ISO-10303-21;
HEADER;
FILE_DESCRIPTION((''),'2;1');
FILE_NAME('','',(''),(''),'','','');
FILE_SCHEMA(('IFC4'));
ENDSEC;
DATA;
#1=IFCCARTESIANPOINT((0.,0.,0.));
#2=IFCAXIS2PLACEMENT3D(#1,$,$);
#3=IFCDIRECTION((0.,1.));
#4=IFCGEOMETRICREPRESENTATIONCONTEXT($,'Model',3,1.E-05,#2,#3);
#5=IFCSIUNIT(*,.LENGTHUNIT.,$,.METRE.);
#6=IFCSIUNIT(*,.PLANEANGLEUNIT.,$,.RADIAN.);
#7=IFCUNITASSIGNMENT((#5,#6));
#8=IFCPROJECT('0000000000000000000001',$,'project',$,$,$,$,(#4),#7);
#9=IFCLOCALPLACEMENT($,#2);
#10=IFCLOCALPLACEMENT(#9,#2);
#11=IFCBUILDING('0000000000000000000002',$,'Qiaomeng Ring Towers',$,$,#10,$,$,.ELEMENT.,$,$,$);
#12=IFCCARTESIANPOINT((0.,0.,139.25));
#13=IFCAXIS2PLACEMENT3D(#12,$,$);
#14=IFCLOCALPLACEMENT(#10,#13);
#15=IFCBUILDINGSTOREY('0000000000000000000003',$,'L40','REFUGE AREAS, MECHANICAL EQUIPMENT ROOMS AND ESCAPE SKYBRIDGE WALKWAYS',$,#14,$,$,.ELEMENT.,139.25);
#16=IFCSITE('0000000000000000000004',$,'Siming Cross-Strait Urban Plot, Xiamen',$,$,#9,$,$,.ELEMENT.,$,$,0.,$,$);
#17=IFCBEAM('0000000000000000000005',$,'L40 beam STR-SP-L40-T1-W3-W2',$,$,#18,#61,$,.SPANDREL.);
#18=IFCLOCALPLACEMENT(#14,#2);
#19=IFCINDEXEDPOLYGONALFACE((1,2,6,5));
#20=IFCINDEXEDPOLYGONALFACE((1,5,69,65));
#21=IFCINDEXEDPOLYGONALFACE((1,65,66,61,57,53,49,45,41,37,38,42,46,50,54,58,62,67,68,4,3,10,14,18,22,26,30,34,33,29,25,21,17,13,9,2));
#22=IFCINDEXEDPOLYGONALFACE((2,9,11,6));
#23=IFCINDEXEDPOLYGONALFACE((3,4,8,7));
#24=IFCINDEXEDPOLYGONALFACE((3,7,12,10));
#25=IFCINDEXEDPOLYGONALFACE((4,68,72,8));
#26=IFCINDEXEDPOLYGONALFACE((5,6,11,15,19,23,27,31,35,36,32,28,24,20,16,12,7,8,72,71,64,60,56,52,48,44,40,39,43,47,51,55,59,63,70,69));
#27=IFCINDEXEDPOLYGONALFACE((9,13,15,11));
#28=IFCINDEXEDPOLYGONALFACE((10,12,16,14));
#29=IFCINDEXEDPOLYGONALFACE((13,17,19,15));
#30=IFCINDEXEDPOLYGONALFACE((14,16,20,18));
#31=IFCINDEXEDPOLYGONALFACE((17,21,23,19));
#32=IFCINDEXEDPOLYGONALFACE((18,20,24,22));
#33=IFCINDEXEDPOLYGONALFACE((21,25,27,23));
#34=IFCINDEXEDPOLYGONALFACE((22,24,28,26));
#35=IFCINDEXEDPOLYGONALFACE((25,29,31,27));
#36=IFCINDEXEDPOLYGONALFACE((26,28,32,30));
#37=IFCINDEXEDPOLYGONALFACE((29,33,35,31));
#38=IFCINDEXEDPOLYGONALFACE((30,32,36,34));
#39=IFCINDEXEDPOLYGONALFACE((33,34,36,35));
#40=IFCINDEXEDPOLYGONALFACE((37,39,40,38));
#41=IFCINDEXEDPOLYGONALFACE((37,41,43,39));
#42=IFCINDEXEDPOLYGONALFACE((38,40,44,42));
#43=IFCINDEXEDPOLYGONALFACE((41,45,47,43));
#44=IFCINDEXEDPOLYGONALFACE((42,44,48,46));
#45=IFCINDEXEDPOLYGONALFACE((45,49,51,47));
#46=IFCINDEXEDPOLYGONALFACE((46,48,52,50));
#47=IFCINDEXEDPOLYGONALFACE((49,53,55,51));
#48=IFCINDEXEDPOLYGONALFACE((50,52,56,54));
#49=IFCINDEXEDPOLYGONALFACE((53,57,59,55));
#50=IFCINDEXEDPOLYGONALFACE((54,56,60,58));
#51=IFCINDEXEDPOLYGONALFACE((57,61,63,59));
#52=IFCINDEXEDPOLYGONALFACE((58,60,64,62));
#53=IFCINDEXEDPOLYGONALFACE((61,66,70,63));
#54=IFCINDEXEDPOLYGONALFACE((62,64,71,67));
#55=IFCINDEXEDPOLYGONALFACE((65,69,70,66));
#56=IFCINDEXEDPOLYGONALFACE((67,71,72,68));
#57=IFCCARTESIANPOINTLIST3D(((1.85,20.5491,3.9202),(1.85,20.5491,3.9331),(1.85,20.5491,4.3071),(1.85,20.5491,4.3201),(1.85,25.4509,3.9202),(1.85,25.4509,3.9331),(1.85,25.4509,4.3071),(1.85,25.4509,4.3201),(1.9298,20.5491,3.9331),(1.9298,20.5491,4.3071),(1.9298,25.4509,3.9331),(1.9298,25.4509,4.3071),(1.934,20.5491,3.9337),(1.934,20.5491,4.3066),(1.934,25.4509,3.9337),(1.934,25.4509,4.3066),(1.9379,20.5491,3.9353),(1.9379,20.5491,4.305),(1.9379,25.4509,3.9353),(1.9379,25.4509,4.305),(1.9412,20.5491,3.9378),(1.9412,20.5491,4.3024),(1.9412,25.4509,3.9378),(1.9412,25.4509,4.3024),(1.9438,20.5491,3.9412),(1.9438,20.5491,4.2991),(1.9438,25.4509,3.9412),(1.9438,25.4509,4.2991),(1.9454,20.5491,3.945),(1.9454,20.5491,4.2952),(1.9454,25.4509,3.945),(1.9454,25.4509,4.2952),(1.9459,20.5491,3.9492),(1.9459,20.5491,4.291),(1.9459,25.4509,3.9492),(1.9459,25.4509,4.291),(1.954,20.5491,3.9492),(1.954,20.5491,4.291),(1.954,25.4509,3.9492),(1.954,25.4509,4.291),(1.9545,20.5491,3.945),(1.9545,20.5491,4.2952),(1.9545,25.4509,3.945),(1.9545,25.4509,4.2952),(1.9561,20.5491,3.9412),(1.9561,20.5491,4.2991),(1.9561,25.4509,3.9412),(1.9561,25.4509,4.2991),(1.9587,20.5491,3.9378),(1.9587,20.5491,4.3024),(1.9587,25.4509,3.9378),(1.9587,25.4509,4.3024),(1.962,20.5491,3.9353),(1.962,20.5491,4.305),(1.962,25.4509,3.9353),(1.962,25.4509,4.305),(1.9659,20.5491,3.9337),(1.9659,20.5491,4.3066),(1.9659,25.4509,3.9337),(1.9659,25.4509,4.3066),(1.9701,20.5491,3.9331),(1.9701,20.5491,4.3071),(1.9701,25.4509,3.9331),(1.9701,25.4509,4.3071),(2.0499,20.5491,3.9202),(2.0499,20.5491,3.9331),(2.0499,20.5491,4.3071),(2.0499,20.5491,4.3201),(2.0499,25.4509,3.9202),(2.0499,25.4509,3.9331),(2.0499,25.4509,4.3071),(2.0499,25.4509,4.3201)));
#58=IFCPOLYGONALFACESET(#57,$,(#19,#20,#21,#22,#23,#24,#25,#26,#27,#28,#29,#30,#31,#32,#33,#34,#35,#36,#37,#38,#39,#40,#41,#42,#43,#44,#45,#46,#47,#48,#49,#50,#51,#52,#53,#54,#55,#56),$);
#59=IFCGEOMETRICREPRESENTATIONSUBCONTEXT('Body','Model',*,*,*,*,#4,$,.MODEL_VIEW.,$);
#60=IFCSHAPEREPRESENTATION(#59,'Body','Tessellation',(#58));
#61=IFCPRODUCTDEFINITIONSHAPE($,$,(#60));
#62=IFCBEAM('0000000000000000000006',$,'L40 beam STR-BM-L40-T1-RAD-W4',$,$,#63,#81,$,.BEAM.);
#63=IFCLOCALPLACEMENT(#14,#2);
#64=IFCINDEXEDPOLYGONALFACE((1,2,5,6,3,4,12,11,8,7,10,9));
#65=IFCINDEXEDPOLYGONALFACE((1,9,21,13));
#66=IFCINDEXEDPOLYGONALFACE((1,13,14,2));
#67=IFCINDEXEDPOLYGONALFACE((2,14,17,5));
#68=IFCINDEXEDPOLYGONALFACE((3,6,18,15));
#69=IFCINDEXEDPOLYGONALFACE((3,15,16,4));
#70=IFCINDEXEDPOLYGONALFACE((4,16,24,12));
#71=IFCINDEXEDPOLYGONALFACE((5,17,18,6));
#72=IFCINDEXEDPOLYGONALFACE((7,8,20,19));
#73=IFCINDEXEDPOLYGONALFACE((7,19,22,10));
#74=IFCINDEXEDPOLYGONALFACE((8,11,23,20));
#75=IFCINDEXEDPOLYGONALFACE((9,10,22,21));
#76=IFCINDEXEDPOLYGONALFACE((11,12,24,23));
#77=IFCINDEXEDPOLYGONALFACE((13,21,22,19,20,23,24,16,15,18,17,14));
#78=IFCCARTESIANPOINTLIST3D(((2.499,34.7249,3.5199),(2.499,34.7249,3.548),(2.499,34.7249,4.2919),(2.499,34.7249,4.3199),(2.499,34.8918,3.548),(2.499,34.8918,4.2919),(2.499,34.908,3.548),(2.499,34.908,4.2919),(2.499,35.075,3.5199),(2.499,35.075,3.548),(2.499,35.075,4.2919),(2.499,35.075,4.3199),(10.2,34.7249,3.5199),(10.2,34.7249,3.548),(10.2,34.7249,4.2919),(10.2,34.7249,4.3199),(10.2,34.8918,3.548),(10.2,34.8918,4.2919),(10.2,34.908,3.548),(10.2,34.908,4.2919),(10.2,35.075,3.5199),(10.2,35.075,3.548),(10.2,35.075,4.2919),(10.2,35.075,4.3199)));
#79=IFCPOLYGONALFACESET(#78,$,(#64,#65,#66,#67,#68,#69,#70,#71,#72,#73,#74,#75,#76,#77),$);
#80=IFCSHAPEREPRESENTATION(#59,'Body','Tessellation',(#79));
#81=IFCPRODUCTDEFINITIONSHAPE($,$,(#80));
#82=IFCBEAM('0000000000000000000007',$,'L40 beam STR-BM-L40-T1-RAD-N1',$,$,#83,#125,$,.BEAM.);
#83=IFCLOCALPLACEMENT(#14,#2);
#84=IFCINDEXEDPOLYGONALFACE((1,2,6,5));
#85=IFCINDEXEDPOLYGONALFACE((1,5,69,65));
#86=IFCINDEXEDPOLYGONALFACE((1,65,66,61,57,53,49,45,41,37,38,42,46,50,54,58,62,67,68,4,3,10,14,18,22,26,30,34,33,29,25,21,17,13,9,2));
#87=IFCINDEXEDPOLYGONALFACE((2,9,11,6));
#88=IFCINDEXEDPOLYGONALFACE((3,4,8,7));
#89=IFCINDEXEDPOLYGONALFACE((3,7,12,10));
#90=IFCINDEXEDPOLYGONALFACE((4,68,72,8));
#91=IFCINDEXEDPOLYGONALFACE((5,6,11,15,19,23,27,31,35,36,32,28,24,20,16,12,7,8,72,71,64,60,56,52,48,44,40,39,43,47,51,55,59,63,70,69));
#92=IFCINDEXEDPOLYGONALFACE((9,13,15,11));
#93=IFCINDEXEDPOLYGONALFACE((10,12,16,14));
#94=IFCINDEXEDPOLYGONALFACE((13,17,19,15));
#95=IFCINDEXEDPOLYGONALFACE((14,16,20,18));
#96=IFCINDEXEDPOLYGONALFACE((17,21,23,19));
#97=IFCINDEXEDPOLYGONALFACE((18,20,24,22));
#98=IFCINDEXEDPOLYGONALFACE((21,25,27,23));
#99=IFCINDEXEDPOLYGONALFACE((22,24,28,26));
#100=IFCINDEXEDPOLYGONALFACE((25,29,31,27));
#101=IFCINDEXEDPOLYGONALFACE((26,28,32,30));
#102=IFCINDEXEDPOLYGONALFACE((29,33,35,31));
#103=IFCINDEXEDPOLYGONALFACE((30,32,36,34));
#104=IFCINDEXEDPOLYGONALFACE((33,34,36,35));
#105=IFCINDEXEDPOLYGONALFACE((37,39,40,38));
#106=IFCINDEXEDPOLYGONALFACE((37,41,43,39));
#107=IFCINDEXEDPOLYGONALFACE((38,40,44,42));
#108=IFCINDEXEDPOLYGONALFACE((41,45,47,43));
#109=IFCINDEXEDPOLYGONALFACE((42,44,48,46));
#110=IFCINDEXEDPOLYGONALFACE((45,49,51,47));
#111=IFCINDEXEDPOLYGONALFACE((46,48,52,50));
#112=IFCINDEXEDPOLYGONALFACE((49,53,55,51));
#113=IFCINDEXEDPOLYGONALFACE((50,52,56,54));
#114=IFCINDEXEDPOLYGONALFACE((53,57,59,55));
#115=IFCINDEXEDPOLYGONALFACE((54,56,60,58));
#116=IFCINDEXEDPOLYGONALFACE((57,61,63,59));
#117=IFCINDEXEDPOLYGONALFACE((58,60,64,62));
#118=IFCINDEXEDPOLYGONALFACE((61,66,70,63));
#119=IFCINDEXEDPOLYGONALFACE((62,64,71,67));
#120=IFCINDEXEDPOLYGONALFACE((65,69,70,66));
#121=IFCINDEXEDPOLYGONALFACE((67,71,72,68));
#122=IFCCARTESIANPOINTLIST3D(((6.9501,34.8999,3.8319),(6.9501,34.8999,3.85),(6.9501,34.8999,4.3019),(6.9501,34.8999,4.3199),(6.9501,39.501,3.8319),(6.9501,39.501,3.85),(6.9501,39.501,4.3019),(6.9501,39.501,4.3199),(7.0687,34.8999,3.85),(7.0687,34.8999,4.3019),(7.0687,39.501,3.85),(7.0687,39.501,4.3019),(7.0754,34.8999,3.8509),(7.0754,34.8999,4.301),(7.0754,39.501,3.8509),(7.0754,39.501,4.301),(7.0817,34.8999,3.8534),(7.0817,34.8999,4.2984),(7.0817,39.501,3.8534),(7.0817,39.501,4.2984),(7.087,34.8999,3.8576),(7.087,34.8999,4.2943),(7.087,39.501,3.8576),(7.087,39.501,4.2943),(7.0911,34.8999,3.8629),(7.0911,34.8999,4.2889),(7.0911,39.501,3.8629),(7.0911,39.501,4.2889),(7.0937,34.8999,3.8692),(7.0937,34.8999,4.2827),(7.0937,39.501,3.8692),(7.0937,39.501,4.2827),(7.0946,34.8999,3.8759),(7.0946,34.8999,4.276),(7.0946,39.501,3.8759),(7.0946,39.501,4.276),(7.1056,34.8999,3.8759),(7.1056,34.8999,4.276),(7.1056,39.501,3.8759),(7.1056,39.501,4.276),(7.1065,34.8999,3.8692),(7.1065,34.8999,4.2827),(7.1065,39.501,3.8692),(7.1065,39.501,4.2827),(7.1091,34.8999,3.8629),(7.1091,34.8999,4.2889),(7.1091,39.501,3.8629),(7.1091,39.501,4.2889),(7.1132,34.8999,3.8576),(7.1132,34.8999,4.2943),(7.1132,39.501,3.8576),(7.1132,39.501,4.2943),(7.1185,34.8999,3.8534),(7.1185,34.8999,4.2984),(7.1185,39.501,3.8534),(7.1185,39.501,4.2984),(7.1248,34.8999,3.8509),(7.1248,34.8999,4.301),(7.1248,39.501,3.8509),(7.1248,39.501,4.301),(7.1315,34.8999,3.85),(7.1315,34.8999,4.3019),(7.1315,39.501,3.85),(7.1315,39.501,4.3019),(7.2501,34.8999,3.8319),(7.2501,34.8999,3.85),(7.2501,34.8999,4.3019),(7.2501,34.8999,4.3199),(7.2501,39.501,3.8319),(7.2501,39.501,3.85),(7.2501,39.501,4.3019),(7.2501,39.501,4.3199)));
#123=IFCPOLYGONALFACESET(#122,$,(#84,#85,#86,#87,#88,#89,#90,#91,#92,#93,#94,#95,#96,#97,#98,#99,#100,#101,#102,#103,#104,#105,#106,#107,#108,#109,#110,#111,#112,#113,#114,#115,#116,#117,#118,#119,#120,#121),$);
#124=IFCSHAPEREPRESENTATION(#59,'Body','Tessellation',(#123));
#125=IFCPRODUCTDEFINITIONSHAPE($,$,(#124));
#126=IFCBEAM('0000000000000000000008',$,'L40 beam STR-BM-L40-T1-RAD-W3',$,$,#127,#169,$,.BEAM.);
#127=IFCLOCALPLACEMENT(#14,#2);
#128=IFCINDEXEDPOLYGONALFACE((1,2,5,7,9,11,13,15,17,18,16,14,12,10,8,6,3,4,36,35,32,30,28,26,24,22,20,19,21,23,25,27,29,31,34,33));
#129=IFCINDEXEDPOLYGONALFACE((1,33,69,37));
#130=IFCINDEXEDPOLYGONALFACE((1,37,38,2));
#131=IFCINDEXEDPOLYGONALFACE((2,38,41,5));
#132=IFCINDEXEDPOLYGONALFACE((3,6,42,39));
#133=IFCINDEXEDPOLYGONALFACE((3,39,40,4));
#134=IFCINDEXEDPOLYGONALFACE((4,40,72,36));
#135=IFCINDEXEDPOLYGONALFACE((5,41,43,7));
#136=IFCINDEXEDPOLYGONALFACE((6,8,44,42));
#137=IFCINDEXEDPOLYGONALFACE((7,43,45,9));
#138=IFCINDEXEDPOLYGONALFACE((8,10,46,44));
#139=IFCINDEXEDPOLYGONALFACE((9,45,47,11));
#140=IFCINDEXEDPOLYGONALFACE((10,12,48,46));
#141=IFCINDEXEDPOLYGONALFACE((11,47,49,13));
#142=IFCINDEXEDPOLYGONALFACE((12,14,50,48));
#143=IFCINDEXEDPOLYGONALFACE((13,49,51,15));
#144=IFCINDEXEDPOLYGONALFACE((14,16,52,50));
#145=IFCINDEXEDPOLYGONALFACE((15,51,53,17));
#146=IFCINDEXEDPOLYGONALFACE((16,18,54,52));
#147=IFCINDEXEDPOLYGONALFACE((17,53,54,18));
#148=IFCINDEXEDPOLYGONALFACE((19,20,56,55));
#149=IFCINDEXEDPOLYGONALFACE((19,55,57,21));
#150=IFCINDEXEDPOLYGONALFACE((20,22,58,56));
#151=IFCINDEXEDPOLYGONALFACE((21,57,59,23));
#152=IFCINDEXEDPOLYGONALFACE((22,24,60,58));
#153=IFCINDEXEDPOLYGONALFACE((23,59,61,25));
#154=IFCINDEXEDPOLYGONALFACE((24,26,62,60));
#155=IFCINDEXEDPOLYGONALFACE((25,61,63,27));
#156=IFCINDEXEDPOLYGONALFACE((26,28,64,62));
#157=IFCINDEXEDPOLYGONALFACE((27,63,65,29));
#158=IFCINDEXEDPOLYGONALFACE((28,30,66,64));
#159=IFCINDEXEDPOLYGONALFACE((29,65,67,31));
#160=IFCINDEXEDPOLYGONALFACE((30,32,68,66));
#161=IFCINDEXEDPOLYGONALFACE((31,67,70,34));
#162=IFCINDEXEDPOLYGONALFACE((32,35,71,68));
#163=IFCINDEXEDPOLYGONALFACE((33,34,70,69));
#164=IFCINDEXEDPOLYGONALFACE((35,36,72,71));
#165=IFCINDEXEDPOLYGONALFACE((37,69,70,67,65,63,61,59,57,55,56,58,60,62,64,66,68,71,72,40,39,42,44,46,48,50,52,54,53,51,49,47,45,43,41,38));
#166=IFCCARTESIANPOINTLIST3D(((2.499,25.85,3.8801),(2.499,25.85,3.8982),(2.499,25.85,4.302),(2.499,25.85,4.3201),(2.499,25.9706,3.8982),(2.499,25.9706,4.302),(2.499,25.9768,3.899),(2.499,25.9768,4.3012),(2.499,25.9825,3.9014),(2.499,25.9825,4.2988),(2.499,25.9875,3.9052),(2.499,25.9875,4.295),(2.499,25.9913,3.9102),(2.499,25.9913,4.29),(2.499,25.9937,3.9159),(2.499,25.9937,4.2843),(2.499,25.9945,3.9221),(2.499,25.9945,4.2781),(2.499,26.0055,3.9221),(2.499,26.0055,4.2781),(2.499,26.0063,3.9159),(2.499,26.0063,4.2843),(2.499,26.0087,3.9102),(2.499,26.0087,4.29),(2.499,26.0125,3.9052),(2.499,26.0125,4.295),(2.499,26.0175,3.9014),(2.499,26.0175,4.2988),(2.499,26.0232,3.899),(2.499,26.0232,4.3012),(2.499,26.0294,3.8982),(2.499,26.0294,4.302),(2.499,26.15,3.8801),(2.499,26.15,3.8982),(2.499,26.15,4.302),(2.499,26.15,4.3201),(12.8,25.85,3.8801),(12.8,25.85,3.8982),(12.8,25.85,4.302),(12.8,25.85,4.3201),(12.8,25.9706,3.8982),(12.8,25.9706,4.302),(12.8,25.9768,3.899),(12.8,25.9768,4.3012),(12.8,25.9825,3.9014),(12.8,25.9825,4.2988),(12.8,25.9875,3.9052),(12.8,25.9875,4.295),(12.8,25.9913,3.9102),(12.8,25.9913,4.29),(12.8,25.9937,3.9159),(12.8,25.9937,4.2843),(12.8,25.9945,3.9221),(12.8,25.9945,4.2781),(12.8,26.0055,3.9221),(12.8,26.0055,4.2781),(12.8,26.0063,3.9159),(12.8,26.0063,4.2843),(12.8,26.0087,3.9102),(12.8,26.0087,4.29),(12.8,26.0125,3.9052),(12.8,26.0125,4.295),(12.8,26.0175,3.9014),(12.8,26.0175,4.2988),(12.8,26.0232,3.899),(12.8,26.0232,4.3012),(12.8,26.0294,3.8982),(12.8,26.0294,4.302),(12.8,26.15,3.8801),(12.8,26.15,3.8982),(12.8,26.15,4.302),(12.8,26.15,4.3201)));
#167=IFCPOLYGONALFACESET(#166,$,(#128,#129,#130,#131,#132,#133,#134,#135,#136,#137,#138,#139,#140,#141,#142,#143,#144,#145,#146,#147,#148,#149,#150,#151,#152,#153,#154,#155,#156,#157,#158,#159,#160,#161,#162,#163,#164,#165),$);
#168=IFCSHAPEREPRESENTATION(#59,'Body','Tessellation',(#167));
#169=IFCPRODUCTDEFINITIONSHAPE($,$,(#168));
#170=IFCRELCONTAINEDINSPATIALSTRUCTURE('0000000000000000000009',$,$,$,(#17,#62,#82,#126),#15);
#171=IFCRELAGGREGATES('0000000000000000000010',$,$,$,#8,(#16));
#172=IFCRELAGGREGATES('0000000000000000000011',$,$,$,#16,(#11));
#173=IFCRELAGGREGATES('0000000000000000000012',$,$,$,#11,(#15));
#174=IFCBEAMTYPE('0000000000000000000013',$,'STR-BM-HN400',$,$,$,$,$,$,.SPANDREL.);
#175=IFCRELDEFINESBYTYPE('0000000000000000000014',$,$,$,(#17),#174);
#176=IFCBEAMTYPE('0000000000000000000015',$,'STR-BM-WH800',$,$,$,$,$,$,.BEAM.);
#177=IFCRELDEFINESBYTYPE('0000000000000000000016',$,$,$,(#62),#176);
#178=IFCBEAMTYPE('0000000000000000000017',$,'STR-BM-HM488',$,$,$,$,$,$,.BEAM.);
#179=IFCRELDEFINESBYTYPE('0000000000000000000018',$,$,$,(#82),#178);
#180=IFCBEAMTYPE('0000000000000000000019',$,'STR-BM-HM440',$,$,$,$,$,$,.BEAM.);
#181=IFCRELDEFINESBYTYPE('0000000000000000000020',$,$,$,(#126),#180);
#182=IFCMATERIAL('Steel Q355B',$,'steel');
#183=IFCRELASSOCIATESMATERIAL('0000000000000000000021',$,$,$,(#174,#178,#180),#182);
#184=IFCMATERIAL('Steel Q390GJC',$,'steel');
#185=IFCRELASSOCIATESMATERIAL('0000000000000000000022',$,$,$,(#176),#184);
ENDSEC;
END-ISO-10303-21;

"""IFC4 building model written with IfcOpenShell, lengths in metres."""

from ifc_helpers import new_model, si_unit, direction, frame, origin, origin_2d, place, context, subcontext, project, spatial, i_section, extrude, source, transform, mapped, material, material_profile, profile_set, type_object, element, save


model = new_model("IFC4")

# Units and contexts
model_context = context("Model", 3, precision=1e-05, world=origin(), true_north=direction((0.0, 1.0)))
body_context = subcontext(model_context, "Body", "Model", "MODEL_VIEW")
ifc_project = project(units=[si_unit("LENGTHUNIT", "METRE"), si_unit("PLANEANGLEUNIT", "RADIAN")], contexts=[model_context])

# Site, building, storey
site_placement = place(None, origin())
site = spatial("IfcSite", under=ifc_project, at=site_placement, Name="Siming Cross-Strait Urban Plot, Xiamen", CompositionType="ELEMENT", RefElevation=0.0)
building_placement = place(site_placement, origin())
building = spatial("IfcBuilding", under=site, at=building_placement, Name="Qiaomeng Ring Towers", CompositionType="ELEMENT")
storey_placement = place(building_placement, frame((0.0, 0.0, 139.25)))
storey = spatial("IfcBuildingStorey", under=building, at=storey_placement, Name="L40", Description="REFUGE AREAS, MECHANICAL EQUIPMENT ROOMS AND ESCAPE SKYBRIDGE WALKWAYS", CompositionType="ELEMENT", Elevation=139.25)

# Shared definitions
ifc_material_1 = material(Name="Steel Q390GJC", Category="steel")

# Beams
ifc_material_2 = material(Name="Steel Q355B", Category="steel")
ifc_material_profile_1 = material_profile(ifc_material_2, i_section(OverallWidth=0.2, OverallDepth=0.3999, WebThickness=0.0081, FlangeThickness=0.0129, FilletRadius=0.0161, at=origin_2d()), Name="HN 400x200x8x13")
ifc_profile_set_1 = profile_set([ifc_material_profile_1], Name="Steel Q355B")
beam_type_1 = type_object("IfcBeamType", Name="STR-BM-HN400", PredefinedType="SPANDREL", material=ifc_profile_set_1)
shared_shape_1 = source(origin(), body_context, "Body", "SweptSolid", [
    extrude(i_section(OverallWidth=0.2, OverallDepth=0.3999, WebThickness=0.0081, FlangeThickness=0.0129, FilletRadius=0.0161, at=origin_2d()), origin(), (0.0, 0.0, 1.0), 4.9019),
])
beam_1_placement = place(storey_placement, frame((1.95, 25.4509, 4.1201), z_axis=(0.0, -1.0, 0.0), x_axis=(1.0, 0.0, 0.0)))
element("IfcBeam", 1, at=beam_1_placement, inside=storey, type_object=beam_type_1, Name="L40 beam STR-SP-L40-T1-W3-W2", PredefinedType="SPANDREL", context=body_context, shape_type="MappedRepresentation", body=[
    mapped(shared_shape_1, transform((0.0, 0.0, 0.0), x_axis=(1.0, 0.0, 0.0), y_axis=(0.0, 1.0, 0.0), z_axis=(0.0, 0.0, 1.0), scale=1.0)),
])
ifc_material_profile_2 = material_profile(ifc_material_1, i_section(OverallWidth=0.3501, OverallDepth=0.8, WebThickness=0.0161, FlangeThickness=0.0281, at=origin_2d()), Name="WH 800x350x16x28")
ifc_profile_set_2 = profile_set([ifc_material_profile_2], Name="Steel Q390GJC")
beam_type_2 = type_object("IfcBeamType", Name="STR-BM-WH800", PredefinedType="BEAM", material=ifc_profile_set_2)
shared_shape_2 = source(origin(), body_context, "Body", "SweptSolid", [
    extrude(i_section(OverallWidth=0.3501, OverallDepth=0.8, WebThickness=0.0161, FlangeThickness=0.0281, at=origin_2d()), origin(), (0.0, 0.0, 1.0), 7.7009),
])
beam_2_placement = place(storey_placement, frame((2.499, 34.8999, 3.9199), z_axis=(1.0, 0.0, 0.0), x_axis=(0.0, 1.0, 0.0)))
element("IfcBeam", 2, at=beam_2_placement, inside=storey, type_object=beam_type_2, Name="L40 beam STR-BM-L40-T1-RAD-W4", PredefinedType="BEAM", context=body_context, shape_type="MappedRepresentation", body=[
    mapped(shared_shape_2, transform((0.0, 0.0, 0.0), x_axis=(1.0, 0.0, 0.0), y_axis=(0.0, 1.0, 0.0), z_axis=(0.0, 0.0, 1.0), scale=1.0)),
])
ifc_material_profile_3 = material_profile(ifc_material_2, i_section(OverallWidth=0.3, OverallDepth=0.488, WebThickness=0.011, FlangeThickness=0.0181, FilletRadius=0.0259, at=origin_2d()), Name="HM 488x300x11x18")
ifc_profile_set_3 = profile_set([ifc_material_profile_3], Name="Steel Q355B")
beam_type_3 = type_object("IfcBeamType", Name="STR-BM-HM488", PredefinedType="BEAM", material=ifc_profile_set_3)
shared_shape_3 = source(origin(), body_context, "Body", "SweptSolid", [
    extrude(i_section(OverallWidth=0.3, OverallDepth=0.488, WebThickness=0.011, FlangeThickness=0.0181, FilletRadius=0.0259, at=origin_2d()), origin(), (0.0, 0.0, 1.0), 4.6011),
])
beam_3_placement = place(storey_placement, frame((7.1001, 39.501, 4.0759), z_axis=(0.0, -1.0, 0.0), x_axis=(1.0, 0.0, 0.0)))
element("IfcBeam", 3, at=beam_3_placement, inside=storey, type_object=beam_type_3, Name="L40 beam STR-BM-L40-T1-RAD-N1", PredefinedType="BEAM", context=body_context, shape_type="MappedRepresentation", body=[
    mapped(shared_shape_3, transform((0.0, 0.0, 0.0), x_axis=(1.0, 0.0, 0.0), y_axis=(0.0, 1.0, 0.0), z_axis=(0.0, 0.0, 1.0), scale=1.0)),
])
ifc_material_profile_4 = material_profile(ifc_material_2, i_section(OverallWidth=0.3, OverallDepth=0.4399, WebThickness=0.011, FlangeThickness=0.0181, FilletRadius=0.0239, at=origin_2d()), Name="HM 440x300x11x18")
ifc_profile_set_4 = profile_set([ifc_material_profile_4], Name="Steel Q355B")
beam_type_4 = type_object("IfcBeamType", Name="STR-BM-HM440", PredefinedType="BEAM", material=ifc_profile_set_4)
shared_shape_4 = source(origin(), body_context, "Body", "SweptSolid", [
    extrude(i_section(OverallWidth=0.3, OverallDepth=0.4399, WebThickness=0.011, FlangeThickness=0.0181, FilletRadius=0.0239, at=origin_2d()), origin(), (0.0, 0.0, 1.0), 10.301),
])
beam_4_placement = place(storey_placement, frame((2.499, 26.0, 4.1001), z_axis=(1.0, 0.0, 0.0), x_axis=(0.0, 1.0, 0.0)))
element("IfcBeam", 4, at=beam_4_placement, inside=storey, type_object=beam_type_4, Name="L40 beam STR-BM-L40-T1-RAD-W3", PredefinedType="BEAM", context=body_context, shape_type="MappedRepresentation", body=[
    mapped(shared_shape_4, transform((0.0, 0.0, 0.0), x_axis=(1.0, 0.0, 0.0), y_axis=(0.0, 1.0, 0.0), z_axis=(0.0, 0.0, 1.0), scale=1.0)),
])

save(model, "model.ifc")
